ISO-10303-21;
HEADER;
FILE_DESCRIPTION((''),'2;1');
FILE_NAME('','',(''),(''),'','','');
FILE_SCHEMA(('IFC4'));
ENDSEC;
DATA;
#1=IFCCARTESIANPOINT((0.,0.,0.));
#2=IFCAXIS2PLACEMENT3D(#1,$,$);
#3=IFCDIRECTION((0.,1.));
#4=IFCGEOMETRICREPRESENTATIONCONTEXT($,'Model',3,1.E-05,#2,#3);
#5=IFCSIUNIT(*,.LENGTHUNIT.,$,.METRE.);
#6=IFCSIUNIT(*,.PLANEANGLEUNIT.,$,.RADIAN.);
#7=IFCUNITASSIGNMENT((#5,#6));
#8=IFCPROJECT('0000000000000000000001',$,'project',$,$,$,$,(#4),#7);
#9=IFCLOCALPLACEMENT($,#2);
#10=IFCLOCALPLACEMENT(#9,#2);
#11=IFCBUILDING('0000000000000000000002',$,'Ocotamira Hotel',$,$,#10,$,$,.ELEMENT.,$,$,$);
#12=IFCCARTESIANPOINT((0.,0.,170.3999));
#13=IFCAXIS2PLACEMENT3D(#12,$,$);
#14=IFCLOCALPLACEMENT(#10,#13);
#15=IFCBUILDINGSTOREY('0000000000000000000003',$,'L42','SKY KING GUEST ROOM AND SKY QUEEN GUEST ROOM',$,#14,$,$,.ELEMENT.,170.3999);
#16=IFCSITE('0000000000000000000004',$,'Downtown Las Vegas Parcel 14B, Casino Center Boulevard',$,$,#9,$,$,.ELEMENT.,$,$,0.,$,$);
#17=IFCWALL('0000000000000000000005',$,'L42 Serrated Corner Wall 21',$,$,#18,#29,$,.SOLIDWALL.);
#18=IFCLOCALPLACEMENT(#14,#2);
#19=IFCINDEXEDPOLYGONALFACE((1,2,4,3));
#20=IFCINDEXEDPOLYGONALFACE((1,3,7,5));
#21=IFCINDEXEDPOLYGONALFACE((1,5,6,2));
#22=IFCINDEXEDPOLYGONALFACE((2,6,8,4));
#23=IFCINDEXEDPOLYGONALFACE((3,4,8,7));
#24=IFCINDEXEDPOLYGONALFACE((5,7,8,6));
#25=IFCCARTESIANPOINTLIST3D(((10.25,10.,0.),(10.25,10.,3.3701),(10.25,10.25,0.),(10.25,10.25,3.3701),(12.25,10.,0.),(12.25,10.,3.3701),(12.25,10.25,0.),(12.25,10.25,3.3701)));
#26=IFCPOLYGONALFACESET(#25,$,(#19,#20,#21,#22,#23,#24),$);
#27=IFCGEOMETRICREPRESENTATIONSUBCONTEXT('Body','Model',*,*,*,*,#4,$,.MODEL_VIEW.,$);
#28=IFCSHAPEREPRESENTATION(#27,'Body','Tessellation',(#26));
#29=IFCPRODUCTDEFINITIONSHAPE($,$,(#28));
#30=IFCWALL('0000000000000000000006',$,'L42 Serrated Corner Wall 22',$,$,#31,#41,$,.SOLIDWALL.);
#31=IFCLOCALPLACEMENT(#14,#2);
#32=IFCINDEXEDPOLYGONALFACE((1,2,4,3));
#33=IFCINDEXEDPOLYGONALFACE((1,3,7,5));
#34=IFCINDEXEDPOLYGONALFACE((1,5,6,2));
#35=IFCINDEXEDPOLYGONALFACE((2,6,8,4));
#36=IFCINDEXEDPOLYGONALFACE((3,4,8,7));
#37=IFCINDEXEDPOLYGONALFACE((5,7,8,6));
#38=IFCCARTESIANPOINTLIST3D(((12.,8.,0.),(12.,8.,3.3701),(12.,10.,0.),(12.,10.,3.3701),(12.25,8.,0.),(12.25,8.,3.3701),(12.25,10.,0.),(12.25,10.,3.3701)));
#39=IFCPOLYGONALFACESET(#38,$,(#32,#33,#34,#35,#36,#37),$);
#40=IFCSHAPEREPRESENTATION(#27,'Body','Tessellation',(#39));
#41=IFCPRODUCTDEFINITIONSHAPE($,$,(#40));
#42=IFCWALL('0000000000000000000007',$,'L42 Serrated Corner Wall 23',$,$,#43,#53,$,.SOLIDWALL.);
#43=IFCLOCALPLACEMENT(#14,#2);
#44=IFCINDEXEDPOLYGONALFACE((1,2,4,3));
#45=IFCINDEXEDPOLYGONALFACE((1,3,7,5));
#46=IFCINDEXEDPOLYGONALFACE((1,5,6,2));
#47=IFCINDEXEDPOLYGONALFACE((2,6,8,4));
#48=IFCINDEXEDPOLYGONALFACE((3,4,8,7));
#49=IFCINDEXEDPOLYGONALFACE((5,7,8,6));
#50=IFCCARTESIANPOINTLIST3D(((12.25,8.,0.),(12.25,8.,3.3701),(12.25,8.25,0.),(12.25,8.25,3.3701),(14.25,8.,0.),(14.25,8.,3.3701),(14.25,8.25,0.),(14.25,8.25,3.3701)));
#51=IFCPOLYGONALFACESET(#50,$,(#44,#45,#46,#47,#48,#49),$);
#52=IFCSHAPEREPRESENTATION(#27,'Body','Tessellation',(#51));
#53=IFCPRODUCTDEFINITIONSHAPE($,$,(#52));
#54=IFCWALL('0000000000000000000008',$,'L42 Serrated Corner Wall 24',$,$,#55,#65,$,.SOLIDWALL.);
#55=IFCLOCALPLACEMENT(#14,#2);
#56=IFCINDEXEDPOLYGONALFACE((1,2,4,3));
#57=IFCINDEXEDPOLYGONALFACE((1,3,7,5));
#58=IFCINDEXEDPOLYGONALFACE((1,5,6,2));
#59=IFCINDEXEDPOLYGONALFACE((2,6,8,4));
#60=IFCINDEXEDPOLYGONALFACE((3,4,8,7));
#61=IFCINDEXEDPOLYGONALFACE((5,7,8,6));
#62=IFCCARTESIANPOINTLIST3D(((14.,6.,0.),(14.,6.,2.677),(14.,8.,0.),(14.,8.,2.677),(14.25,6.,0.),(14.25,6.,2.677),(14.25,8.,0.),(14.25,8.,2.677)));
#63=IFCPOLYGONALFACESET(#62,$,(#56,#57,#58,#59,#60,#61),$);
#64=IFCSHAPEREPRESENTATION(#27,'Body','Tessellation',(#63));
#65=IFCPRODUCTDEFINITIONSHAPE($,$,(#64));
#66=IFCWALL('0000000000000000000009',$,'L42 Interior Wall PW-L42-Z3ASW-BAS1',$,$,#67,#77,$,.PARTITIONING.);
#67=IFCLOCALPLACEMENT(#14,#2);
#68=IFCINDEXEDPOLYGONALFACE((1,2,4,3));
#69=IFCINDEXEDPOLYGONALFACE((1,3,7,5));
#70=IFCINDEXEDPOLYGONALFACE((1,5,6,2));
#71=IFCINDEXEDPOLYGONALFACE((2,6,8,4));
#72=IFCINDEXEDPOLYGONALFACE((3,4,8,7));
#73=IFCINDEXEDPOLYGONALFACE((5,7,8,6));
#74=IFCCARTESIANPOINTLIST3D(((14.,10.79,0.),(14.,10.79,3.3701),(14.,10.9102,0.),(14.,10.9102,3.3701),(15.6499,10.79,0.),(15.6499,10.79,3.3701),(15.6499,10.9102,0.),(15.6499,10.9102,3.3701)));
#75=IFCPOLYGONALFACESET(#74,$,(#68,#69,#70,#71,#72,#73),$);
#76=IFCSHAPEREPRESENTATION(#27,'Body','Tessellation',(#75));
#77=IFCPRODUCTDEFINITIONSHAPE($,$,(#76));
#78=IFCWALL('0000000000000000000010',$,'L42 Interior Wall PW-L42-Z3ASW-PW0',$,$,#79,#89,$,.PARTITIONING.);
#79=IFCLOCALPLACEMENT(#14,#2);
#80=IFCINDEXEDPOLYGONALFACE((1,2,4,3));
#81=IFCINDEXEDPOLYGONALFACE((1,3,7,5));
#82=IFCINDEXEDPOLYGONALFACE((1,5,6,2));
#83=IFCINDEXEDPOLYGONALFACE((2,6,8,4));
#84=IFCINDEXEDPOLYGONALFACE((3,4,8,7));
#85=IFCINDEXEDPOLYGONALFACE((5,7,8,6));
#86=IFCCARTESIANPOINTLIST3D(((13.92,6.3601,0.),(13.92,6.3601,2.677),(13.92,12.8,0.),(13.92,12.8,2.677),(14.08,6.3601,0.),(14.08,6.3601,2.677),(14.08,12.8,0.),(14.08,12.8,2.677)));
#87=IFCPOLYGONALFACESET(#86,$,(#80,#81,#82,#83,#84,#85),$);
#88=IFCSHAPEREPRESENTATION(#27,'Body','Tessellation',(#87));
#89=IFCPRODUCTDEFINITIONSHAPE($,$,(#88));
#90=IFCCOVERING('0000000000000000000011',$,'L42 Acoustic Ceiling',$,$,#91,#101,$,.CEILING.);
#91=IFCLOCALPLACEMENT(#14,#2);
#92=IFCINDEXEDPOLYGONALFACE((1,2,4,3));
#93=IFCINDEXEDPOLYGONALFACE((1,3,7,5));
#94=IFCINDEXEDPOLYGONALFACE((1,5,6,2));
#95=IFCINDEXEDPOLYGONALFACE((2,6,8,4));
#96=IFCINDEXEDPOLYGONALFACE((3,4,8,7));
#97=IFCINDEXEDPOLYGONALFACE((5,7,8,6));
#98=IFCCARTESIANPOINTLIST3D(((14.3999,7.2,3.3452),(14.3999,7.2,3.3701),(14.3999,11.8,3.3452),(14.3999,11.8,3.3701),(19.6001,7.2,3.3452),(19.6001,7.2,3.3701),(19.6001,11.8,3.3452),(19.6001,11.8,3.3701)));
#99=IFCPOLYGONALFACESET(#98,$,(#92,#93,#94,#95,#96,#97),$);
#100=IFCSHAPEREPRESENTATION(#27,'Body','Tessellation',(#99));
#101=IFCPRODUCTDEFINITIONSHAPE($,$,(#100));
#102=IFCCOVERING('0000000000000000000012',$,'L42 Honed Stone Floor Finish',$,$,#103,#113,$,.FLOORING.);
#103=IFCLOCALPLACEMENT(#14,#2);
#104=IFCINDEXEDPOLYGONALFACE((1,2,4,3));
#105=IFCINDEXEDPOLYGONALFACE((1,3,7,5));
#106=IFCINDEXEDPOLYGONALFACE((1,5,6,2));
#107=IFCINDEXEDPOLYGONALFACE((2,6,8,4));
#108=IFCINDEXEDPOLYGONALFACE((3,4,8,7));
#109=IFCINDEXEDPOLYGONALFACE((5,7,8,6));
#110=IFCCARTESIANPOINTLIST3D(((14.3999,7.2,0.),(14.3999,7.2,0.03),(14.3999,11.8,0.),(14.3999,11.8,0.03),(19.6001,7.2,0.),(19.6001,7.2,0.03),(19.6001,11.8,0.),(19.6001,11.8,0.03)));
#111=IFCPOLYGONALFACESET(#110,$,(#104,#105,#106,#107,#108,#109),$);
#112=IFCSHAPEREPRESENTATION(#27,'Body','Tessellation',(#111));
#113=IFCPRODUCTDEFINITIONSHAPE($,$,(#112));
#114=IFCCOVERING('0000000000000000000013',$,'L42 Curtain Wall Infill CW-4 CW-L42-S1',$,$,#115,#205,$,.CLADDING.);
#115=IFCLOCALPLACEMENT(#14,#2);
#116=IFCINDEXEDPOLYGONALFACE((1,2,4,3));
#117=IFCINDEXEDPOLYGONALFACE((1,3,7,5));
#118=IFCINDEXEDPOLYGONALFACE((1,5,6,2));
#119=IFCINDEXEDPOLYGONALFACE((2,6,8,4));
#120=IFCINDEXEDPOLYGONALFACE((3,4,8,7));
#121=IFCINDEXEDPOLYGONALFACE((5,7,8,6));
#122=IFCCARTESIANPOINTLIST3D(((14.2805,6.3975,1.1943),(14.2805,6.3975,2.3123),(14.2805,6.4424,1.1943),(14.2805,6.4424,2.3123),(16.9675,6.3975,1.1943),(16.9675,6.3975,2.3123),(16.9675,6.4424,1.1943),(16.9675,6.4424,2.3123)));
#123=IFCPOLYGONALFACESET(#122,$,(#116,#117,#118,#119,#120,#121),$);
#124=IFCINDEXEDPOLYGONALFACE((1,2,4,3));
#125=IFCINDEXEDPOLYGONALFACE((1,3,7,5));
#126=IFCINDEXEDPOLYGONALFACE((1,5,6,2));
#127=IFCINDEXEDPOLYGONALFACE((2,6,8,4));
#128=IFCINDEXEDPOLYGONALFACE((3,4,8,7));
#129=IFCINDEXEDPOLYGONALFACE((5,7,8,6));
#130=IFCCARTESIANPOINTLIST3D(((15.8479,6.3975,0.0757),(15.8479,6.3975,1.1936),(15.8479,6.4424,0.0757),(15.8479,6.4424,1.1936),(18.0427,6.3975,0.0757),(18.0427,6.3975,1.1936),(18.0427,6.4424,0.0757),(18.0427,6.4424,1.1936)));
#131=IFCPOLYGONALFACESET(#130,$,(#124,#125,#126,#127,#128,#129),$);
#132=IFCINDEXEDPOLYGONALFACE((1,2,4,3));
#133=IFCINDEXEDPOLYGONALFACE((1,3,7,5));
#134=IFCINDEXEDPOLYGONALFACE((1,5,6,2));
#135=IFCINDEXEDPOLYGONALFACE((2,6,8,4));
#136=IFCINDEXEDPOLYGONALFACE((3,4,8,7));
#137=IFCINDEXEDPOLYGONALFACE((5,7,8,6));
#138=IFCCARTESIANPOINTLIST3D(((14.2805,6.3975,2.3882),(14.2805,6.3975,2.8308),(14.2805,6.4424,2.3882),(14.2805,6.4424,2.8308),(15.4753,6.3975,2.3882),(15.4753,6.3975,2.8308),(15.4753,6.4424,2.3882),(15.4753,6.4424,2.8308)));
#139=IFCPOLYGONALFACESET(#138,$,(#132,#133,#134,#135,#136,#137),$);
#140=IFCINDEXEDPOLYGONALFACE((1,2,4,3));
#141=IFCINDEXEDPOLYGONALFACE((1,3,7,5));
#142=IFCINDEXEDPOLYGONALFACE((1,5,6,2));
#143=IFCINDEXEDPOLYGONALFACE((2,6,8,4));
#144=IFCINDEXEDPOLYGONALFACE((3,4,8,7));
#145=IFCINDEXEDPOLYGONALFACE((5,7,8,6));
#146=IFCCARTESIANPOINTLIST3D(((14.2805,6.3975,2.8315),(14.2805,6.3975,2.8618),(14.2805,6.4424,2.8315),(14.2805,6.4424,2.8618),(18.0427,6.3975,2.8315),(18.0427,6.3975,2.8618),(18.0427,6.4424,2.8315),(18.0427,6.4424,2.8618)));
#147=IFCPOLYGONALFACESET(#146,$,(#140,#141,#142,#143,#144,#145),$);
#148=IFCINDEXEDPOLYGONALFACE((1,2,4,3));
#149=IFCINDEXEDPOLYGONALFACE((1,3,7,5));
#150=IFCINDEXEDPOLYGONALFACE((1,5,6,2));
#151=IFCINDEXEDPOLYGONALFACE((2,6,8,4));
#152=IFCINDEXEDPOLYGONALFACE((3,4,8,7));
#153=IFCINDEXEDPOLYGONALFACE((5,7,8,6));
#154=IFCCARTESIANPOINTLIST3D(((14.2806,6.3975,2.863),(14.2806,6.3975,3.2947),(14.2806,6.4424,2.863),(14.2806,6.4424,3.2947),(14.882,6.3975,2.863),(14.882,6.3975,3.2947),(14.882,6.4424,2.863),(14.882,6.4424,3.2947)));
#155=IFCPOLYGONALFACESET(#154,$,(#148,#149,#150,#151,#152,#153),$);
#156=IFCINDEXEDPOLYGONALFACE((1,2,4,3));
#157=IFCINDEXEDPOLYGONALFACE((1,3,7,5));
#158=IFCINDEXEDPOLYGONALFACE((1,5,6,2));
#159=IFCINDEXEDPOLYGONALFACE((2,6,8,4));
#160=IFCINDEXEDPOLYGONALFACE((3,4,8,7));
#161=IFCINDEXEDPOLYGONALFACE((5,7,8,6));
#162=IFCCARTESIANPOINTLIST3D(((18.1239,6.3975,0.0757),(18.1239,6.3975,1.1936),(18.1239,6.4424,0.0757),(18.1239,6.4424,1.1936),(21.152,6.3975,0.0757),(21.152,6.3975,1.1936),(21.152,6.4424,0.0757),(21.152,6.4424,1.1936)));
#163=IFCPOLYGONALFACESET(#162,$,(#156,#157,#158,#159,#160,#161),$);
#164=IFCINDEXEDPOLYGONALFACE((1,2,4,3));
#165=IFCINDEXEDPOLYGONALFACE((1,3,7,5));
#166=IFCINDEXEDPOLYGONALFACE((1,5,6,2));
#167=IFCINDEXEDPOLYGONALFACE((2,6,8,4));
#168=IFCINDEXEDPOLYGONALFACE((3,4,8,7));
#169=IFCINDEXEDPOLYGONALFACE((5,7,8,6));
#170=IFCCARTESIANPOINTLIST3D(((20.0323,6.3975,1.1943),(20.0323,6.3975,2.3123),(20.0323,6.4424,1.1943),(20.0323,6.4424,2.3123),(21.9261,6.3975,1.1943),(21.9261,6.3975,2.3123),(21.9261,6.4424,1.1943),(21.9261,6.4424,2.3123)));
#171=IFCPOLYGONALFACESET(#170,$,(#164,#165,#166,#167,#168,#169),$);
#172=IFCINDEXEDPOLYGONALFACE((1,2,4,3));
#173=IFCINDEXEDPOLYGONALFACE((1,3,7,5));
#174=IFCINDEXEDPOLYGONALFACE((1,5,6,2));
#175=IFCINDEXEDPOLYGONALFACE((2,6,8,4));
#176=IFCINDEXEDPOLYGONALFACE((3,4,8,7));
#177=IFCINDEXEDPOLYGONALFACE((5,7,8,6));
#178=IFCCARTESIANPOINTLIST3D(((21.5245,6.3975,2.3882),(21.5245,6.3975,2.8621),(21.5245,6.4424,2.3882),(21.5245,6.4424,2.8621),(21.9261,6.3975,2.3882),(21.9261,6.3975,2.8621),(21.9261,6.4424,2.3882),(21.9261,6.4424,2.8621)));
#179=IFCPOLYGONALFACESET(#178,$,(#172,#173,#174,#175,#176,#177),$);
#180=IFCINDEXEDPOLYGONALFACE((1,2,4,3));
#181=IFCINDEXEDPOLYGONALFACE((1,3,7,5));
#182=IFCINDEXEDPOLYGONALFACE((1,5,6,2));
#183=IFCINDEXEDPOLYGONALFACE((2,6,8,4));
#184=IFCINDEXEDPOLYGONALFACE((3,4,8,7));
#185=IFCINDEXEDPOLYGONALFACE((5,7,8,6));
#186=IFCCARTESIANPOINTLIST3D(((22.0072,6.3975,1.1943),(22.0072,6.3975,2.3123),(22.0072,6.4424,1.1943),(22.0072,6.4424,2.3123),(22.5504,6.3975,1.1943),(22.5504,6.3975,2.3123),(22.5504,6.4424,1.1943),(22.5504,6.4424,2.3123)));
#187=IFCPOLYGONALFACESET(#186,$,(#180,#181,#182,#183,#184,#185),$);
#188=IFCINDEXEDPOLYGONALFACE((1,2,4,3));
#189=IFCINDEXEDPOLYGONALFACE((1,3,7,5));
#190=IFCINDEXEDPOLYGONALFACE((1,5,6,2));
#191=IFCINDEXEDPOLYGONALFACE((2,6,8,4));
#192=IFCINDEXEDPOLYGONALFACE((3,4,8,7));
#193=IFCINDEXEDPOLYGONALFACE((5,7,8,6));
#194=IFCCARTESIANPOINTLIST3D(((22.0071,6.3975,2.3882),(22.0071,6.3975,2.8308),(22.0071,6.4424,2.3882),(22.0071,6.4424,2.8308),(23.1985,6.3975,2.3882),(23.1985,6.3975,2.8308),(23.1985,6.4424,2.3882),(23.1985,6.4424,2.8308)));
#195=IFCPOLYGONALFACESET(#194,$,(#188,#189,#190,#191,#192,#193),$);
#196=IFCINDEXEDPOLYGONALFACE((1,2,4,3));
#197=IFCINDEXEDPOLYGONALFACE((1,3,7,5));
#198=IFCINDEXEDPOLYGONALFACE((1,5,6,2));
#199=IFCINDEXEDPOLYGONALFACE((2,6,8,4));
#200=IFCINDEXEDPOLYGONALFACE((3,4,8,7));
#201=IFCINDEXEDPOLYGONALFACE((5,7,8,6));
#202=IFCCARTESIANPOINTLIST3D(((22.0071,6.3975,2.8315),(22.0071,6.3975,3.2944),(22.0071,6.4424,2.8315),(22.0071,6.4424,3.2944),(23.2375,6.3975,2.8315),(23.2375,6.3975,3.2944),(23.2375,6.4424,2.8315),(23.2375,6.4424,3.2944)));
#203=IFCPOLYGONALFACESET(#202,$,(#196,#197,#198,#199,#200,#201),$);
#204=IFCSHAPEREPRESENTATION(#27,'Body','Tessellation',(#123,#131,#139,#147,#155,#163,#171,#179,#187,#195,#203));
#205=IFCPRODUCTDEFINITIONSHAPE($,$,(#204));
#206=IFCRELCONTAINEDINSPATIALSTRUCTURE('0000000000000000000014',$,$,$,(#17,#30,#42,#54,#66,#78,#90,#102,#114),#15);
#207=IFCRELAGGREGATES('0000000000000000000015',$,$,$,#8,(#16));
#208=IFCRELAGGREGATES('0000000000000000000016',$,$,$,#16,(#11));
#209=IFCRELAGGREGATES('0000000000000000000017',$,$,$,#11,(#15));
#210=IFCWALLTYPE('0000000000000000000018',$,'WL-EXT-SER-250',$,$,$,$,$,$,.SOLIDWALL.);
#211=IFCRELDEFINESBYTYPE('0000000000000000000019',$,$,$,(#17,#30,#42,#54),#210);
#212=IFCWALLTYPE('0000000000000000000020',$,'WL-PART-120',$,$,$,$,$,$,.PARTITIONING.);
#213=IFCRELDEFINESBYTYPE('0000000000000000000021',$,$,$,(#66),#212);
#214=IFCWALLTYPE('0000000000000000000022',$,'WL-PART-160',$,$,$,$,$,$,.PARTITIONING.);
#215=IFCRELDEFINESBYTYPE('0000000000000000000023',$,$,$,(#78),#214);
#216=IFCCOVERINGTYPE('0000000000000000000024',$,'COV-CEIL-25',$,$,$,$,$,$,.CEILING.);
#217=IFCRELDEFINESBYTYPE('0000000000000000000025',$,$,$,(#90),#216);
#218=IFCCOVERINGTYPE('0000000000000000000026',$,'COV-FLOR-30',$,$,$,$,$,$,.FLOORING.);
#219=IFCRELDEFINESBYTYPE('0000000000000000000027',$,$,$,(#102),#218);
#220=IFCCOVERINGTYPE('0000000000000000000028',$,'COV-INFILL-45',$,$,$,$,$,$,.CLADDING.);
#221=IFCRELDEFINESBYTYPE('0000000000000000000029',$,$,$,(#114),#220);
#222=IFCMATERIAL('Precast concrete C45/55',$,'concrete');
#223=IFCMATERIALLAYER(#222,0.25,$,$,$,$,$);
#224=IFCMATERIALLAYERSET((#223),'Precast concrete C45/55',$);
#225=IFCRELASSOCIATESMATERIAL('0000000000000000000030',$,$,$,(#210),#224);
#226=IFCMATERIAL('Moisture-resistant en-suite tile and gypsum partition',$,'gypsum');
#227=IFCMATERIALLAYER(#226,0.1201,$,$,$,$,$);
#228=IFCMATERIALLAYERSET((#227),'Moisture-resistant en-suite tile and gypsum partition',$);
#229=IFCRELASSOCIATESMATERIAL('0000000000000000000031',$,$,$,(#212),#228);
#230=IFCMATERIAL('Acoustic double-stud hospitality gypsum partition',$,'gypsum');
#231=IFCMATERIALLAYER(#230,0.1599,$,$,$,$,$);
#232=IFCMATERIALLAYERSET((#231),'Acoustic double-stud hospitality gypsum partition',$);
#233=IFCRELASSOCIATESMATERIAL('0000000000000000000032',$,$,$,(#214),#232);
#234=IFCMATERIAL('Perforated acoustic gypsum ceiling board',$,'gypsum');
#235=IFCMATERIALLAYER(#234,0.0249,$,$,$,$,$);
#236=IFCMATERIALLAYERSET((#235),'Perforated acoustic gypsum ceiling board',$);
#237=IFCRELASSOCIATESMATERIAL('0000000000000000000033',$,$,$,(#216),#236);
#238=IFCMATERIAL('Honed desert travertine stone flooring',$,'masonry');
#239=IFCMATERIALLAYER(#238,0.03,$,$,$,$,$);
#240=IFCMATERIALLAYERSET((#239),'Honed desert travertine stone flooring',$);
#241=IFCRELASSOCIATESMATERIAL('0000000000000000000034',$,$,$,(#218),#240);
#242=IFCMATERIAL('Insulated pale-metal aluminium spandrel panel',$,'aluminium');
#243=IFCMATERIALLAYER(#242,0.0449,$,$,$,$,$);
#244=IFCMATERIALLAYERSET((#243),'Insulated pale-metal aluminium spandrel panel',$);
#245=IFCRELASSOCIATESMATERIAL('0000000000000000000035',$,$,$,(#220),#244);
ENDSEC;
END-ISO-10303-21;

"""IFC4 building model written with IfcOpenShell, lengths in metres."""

from ifc_helpers import new_model, si_unit, direction, frame, frame_2d, origin, origin_2d, place, context, subcontext, project, spatial, polyline, rectangle, outline, extrude, material, layer, layer_set, type_object, element, save


model = new_model("IFC4")

# Units and contexts
model_context = context("Model", 3, precision=1e-05, world=origin(), true_north=direction((0.0, 1.0)))
body_context = subcontext(model_context, "Body", "Model", "MODEL_VIEW")
ifc_project = project(units=[si_unit("LENGTHUNIT", "METRE"), si_unit("PLANEANGLEUNIT", "RADIAN")], contexts=[model_context])

# Site, building, storey
site_placement = place(None, origin())
site = spatial("IfcSite", under=ifc_project, at=site_placement, Name="Downtown Las Vegas Parcel 14B, Casino Center Boulevard", CompositionType="ELEMENT", RefElevation=0.0)
building_placement = place(site_placement, origin())
building = spatial("IfcBuilding", under=site, at=building_placement, Name="Ocotamira Hotel", CompositionType="ELEMENT")
storey_placement = place(building_placement, frame((0.0, 0.0, 170.3999)))
storey = spatial("IfcBuildingStorey", under=building, at=storey_placement, Name="L42", Description="SKY KING GUEST ROOM AND SKY QUEEN GUEST ROOM", CompositionType="ELEMENT", Elevation=170.3999)

# Walls
ifc_material_1 = material(Name="Precast concrete C45/55", Category="concrete")
ifc_layer_1 = layer(ifc_material_1, 0.25)
ifc_layer_set_1 = layer_set([ifc_layer_1], Name="Precast concrete C45/55")
wall_type_1 = type_object("IfcWallType", Name="WL-EXT-SER-250", PredefinedType="SOLIDWALL", material=ifc_layer_set_1)
for number, where, z_axis, x_axis, name in (
    (1, (10.25, 10.125, 0.0), (0.0, 0.0, 1.0), (1.0, 0.0, 0.0), "L42 Serrated Corner Wall 21"),
    (2, (12.125, 10.0, 0.0), (0.0, 0.0, 1.0), (0.0, -1.0, 0.0), "L42 Serrated Corner Wall 22"),
    (3, (12.25, 8.125, 0.0), (0.0, 0.0, 1.0), (1.0, 0.0, 0.0), "L42 Serrated Corner Wall 23"),
):
    element("IfcWall", number, at=place(storey_placement, frame(where, z_axis=z_axis, x_axis=x_axis)), inside=storey, type_object=wall_type_1, Name=name, PredefinedType="SOLIDWALL", context=body_context, shape_type="SweptSolid", body=[
        extrude(rectangle(XDim=2.0, YDim=0.25, at=frame_2d((1.0, 0.0))), origin(), (0.0, 0.0, 1.0), 3.3701),
    ])
wall_1_placement = place(storey_placement, frame((14.125, 8.0, 0.0), z_axis=(0.0, 0.0, 1.0), x_axis=(0.0, -1.0, 0.0)))
element("IfcWall", 4, at=wall_1_placement, inside=storey, type_object=wall_type_1, Name="L42 Serrated Corner Wall 24", PredefinedType="SOLIDWALL", context=body_context, shape_type="SweptSolid", body=[
    extrude(rectangle(XDim=2.0, YDim=0.25, at=frame_2d((1.0, 0.0))), origin(), (0.0, 0.0, 1.0), 2.677),
])

# Walls
ifc_material_2 = material(Name="Moisture-resistant en-suite tile and gypsum partition", Category="gypsum")
ifc_layer_2 = layer(ifc_material_2, 0.1201)
ifc_layer_set_2 = layer_set([ifc_layer_2], Name="Moisture-resistant en-suite tile and gypsum partition")
wall_type_2 = type_object("IfcWallType", Name="WL-PART-120", PredefinedType="PARTITIONING", material=ifc_layer_set_2)
wall_2_placement = place(storey_placement, frame((14.0, 10.8501, 0.0), z_axis=(0.0, 0.0, 1.0), x_axis=(1.0, 0.0, 0.0)))
element("IfcWall", 5, at=wall_2_placement, inside=storey, type_object=wall_type_2, Name="L42 Interior Wall PW-L42-Z3ASW-BAS1", PredefinedType="PARTITIONING", context=body_context, shape_type="SweptSolid", body=[
    extrude(rectangle(XDim=1.6499, YDim=0.1201, at=frame_2d((0.825, 0.0))), origin(), (0.0, 0.0, 1.0), 3.3701),
])
ifc_material_3 = material(Name="Acoustic double-stud hospitality gypsum partition", Category="gypsum")
ifc_layer_3 = layer(ifc_material_3, 0.1599)
ifc_layer_set_3 = layer_set([ifc_layer_3], Name="Acoustic double-stud hospitality gypsum partition")
wall_type_3 = type_object("IfcWallType", Name="WL-PART-160", PredefinedType="PARTITIONING", material=ifc_layer_set_3)
wall_3_placement = place(storey_placement, frame((14.0, 6.3601, 0.0), z_axis=(0.0, 0.0, 1.0), x_axis=(0.0, 1.0, 0.0)))
element("IfcWall", 6, at=wall_3_placement, inside=storey, type_object=wall_type_3, Name="L42 Interior Wall PW-L42-Z3ASW-PW0", PredefinedType="PARTITIONING", context=body_context, shape_type="SweptSolid", body=[
    extrude(rectangle(XDim=6.4399, YDim=0.1599, at=frame_2d((3.22, 0.0))), origin(), (0.0, 0.0, 1.0), 2.677),
])

# Coverings
ifc_material_4 = material(Name="Perforated acoustic gypsum ceiling board", Category="gypsum")
ifc_layer_4 = layer(ifc_material_4, 0.0249)
ifc_layer_set_4 = layer_set([ifc_layer_4], Name="Perforated acoustic gypsum ceiling board")
covering_type_1 = type_object("IfcCoveringType", Name="COV-CEIL-25", PredefinedType="CEILING", material=ifc_layer_set_4)
covering_1_placement = place(storey_placement, frame((0.0, 0.0, 3.3452)))
element("IfcCovering", 7, at=covering_1_placement, inside=storey, type_object=covering_type_1, Name="L42 Acoustic Ceiling", PredefinedType="CEILING", context=body_context, shape_type="SweptSolid", body=[
    extrude(outline(polyline([(14.3999, 7.2), (19.6001, 7.2), (19.6001, 11.8), (14.3999, 11.8), (14.3999, 7.2)])), origin(), (0.0, 0.0, 1.0), 0.0249),
])
ifc_material_5 = material(Name="Honed desert travertine stone flooring", Category="masonry")
ifc_layer_5 = layer(ifc_material_5, 0.03)
ifc_layer_set_5 = layer_set([ifc_layer_5], Name="Honed desert travertine stone flooring")
covering_type_2 = type_object("IfcCoveringType", Name="COV-FLOR-30", PredefinedType="FLOORING", material=ifc_layer_set_5)
covering_2_placement = place(storey_placement, origin())
element("IfcCovering", 8, at=covering_2_placement, inside=storey, type_object=covering_type_2, Name="L42 Honed Stone Floor Finish", PredefinedType="FLOORING", context=body_context, shape_type="SweptSolid", body=[
    extrude(outline(polyline([(14.3999, 7.2), (19.6001, 7.2), (19.6001, 11.8), (14.3999, 11.8), (14.3999, 7.2)])), origin(), (0.0, 0.0, 1.0), 0.03),
])
ifc_material_6 = material(Name="Insulated pale-metal aluminium spandrel panel", Category="aluminium")
ifc_layer_6 = layer(ifc_material_6, 0.0449)
ifc_layer_set_6 = layer_set([ifc_layer_6], Name="Insulated pale-metal aluminium spandrel panel")
covering_type_3 = type_object("IfcCoveringType", Name="COV-INFILL-45", PredefinedType="CLADDING", material=ifc_layer_set_6)
covering_3_placement = place(storey_placement, origin())
element("IfcCovering", 9, at=covering_3_placement, inside=storey, type_object=covering_type_3, Name="L42 Curtain Wall Infill CW-4 CW-L42-S1", PredefinedType="CLADDING", context=body_context, shape_type="SweptSolid", body=[
    extrude(rectangle(XDim=2.687, YDim=0.0449, at=origin_2d()), frame((15.624, 6.4199, 1.1943), z_axis=(0.0, 0.0, 1.0), x_axis=(1.0, 0.0, 0.0)), (0.0, 0.0, 1.0), 1.1179),
    extrude(rectangle(XDim=2.1948, YDim=0.0449, at=origin_2d()), frame((16.9453, 6.4199, 0.0757), z_axis=(0.0, 0.0, 1.0), x_axis=(1.0, 0.0, 0.0)), (0.0, 0.0, 1.0), 1.1179),
    extrude(rectangle(XDim=1.1948, YDim=0.0449, at=origin_2d()), frame((14.8779, 6.4199, 2.3882), z_axis=(0.0, 0.0, 1.0), x_axis=(1.0, 0.0, 0.0)), (0.0, 0.0, 1.0), 0.4426),
    extrude(rectangle(XDim=3.7622, YDim=0.0449, at=origin_2d()), frame((16.1616, 6.4199, 2.8315), z_axis=(0.0, 0.0, 1.0), x_axis=(1.0, 0.0, 0.0)), (0.0, 0.0, 1.0), 0.0303),
    extrude(rectangle(XDim=0.6013, YDim=0.0449, at=origin_2d()), frame((14.5813, 6.4199, 2.863), z_axis=(0.0, 0.0, 1.0), x_axis=(1.0, 0.0, 0.0)), (0.0, 0.0, 1.0), 0.4316),
    extrude(rectangle(XDim=3.0281, YDim=0.0449, at=origin_2d()), frame((19.6379, 6.4199, 0.0757), z_axis=(0.0, 0.0, 1.0), x_axis=(1.0, 0.0, 0.0)), (0.0, 0.0, 1.0), 1.1179),
    extrude(rectangle(XDim=1.8938, YDim=0.0449, at=origin_2d()), frame((20.9792, 6.4199, 1.1943), z_axis=(0.0, 0.0, 1.0), x_axis=(1.0, 0.0, 0.0)), (0.0, 0.0, 1.0), 1.1179),
    extrude(rectangle(XDim=0.4016, YDim=0.0449, at=origin_2d()), frame((21.7253, 6.4199, 2.3882), z_axis=(0.0, 0.0, 1.0), x_axis=(1.0, 0.0, 0.0)), (0.0, 0.0, 1.0), 0.4739),
    extrude(rectangle(XDim=0.5432, YDim=0.0449, at=origin_2d()), frame((22.2788, 6.4199, 1.1943), z_axis=(0.0, 0.0, 1.0), x_axis=(1.0, 0.0, 0.0)), (0.0, 0.0, 1.0), 1.1179),
    extrude(rectangle(XDim=1.1914, YDim=0.0449, at=origin_2d()), frame((22.6028, 6.4199, 2.3882), z_axis=(0.0, 0.0, 1.0), x_axis=(1.0, 0.0, 0.0)), (0.0, 0.0, 1.0), 0.4426),
    extrude(rectangle(XDim=1.2305, YDim=0.0449, at=origin_2d()), frame((22.6223, 6.4199, 2.8315), z_axis=(0.0, 0.0, 1.0), x_axis=(1.0, 0.0, 0.0)), (0.0, 0.0, 1.0), 0.4629),
])

save(model, "model.ifc")
